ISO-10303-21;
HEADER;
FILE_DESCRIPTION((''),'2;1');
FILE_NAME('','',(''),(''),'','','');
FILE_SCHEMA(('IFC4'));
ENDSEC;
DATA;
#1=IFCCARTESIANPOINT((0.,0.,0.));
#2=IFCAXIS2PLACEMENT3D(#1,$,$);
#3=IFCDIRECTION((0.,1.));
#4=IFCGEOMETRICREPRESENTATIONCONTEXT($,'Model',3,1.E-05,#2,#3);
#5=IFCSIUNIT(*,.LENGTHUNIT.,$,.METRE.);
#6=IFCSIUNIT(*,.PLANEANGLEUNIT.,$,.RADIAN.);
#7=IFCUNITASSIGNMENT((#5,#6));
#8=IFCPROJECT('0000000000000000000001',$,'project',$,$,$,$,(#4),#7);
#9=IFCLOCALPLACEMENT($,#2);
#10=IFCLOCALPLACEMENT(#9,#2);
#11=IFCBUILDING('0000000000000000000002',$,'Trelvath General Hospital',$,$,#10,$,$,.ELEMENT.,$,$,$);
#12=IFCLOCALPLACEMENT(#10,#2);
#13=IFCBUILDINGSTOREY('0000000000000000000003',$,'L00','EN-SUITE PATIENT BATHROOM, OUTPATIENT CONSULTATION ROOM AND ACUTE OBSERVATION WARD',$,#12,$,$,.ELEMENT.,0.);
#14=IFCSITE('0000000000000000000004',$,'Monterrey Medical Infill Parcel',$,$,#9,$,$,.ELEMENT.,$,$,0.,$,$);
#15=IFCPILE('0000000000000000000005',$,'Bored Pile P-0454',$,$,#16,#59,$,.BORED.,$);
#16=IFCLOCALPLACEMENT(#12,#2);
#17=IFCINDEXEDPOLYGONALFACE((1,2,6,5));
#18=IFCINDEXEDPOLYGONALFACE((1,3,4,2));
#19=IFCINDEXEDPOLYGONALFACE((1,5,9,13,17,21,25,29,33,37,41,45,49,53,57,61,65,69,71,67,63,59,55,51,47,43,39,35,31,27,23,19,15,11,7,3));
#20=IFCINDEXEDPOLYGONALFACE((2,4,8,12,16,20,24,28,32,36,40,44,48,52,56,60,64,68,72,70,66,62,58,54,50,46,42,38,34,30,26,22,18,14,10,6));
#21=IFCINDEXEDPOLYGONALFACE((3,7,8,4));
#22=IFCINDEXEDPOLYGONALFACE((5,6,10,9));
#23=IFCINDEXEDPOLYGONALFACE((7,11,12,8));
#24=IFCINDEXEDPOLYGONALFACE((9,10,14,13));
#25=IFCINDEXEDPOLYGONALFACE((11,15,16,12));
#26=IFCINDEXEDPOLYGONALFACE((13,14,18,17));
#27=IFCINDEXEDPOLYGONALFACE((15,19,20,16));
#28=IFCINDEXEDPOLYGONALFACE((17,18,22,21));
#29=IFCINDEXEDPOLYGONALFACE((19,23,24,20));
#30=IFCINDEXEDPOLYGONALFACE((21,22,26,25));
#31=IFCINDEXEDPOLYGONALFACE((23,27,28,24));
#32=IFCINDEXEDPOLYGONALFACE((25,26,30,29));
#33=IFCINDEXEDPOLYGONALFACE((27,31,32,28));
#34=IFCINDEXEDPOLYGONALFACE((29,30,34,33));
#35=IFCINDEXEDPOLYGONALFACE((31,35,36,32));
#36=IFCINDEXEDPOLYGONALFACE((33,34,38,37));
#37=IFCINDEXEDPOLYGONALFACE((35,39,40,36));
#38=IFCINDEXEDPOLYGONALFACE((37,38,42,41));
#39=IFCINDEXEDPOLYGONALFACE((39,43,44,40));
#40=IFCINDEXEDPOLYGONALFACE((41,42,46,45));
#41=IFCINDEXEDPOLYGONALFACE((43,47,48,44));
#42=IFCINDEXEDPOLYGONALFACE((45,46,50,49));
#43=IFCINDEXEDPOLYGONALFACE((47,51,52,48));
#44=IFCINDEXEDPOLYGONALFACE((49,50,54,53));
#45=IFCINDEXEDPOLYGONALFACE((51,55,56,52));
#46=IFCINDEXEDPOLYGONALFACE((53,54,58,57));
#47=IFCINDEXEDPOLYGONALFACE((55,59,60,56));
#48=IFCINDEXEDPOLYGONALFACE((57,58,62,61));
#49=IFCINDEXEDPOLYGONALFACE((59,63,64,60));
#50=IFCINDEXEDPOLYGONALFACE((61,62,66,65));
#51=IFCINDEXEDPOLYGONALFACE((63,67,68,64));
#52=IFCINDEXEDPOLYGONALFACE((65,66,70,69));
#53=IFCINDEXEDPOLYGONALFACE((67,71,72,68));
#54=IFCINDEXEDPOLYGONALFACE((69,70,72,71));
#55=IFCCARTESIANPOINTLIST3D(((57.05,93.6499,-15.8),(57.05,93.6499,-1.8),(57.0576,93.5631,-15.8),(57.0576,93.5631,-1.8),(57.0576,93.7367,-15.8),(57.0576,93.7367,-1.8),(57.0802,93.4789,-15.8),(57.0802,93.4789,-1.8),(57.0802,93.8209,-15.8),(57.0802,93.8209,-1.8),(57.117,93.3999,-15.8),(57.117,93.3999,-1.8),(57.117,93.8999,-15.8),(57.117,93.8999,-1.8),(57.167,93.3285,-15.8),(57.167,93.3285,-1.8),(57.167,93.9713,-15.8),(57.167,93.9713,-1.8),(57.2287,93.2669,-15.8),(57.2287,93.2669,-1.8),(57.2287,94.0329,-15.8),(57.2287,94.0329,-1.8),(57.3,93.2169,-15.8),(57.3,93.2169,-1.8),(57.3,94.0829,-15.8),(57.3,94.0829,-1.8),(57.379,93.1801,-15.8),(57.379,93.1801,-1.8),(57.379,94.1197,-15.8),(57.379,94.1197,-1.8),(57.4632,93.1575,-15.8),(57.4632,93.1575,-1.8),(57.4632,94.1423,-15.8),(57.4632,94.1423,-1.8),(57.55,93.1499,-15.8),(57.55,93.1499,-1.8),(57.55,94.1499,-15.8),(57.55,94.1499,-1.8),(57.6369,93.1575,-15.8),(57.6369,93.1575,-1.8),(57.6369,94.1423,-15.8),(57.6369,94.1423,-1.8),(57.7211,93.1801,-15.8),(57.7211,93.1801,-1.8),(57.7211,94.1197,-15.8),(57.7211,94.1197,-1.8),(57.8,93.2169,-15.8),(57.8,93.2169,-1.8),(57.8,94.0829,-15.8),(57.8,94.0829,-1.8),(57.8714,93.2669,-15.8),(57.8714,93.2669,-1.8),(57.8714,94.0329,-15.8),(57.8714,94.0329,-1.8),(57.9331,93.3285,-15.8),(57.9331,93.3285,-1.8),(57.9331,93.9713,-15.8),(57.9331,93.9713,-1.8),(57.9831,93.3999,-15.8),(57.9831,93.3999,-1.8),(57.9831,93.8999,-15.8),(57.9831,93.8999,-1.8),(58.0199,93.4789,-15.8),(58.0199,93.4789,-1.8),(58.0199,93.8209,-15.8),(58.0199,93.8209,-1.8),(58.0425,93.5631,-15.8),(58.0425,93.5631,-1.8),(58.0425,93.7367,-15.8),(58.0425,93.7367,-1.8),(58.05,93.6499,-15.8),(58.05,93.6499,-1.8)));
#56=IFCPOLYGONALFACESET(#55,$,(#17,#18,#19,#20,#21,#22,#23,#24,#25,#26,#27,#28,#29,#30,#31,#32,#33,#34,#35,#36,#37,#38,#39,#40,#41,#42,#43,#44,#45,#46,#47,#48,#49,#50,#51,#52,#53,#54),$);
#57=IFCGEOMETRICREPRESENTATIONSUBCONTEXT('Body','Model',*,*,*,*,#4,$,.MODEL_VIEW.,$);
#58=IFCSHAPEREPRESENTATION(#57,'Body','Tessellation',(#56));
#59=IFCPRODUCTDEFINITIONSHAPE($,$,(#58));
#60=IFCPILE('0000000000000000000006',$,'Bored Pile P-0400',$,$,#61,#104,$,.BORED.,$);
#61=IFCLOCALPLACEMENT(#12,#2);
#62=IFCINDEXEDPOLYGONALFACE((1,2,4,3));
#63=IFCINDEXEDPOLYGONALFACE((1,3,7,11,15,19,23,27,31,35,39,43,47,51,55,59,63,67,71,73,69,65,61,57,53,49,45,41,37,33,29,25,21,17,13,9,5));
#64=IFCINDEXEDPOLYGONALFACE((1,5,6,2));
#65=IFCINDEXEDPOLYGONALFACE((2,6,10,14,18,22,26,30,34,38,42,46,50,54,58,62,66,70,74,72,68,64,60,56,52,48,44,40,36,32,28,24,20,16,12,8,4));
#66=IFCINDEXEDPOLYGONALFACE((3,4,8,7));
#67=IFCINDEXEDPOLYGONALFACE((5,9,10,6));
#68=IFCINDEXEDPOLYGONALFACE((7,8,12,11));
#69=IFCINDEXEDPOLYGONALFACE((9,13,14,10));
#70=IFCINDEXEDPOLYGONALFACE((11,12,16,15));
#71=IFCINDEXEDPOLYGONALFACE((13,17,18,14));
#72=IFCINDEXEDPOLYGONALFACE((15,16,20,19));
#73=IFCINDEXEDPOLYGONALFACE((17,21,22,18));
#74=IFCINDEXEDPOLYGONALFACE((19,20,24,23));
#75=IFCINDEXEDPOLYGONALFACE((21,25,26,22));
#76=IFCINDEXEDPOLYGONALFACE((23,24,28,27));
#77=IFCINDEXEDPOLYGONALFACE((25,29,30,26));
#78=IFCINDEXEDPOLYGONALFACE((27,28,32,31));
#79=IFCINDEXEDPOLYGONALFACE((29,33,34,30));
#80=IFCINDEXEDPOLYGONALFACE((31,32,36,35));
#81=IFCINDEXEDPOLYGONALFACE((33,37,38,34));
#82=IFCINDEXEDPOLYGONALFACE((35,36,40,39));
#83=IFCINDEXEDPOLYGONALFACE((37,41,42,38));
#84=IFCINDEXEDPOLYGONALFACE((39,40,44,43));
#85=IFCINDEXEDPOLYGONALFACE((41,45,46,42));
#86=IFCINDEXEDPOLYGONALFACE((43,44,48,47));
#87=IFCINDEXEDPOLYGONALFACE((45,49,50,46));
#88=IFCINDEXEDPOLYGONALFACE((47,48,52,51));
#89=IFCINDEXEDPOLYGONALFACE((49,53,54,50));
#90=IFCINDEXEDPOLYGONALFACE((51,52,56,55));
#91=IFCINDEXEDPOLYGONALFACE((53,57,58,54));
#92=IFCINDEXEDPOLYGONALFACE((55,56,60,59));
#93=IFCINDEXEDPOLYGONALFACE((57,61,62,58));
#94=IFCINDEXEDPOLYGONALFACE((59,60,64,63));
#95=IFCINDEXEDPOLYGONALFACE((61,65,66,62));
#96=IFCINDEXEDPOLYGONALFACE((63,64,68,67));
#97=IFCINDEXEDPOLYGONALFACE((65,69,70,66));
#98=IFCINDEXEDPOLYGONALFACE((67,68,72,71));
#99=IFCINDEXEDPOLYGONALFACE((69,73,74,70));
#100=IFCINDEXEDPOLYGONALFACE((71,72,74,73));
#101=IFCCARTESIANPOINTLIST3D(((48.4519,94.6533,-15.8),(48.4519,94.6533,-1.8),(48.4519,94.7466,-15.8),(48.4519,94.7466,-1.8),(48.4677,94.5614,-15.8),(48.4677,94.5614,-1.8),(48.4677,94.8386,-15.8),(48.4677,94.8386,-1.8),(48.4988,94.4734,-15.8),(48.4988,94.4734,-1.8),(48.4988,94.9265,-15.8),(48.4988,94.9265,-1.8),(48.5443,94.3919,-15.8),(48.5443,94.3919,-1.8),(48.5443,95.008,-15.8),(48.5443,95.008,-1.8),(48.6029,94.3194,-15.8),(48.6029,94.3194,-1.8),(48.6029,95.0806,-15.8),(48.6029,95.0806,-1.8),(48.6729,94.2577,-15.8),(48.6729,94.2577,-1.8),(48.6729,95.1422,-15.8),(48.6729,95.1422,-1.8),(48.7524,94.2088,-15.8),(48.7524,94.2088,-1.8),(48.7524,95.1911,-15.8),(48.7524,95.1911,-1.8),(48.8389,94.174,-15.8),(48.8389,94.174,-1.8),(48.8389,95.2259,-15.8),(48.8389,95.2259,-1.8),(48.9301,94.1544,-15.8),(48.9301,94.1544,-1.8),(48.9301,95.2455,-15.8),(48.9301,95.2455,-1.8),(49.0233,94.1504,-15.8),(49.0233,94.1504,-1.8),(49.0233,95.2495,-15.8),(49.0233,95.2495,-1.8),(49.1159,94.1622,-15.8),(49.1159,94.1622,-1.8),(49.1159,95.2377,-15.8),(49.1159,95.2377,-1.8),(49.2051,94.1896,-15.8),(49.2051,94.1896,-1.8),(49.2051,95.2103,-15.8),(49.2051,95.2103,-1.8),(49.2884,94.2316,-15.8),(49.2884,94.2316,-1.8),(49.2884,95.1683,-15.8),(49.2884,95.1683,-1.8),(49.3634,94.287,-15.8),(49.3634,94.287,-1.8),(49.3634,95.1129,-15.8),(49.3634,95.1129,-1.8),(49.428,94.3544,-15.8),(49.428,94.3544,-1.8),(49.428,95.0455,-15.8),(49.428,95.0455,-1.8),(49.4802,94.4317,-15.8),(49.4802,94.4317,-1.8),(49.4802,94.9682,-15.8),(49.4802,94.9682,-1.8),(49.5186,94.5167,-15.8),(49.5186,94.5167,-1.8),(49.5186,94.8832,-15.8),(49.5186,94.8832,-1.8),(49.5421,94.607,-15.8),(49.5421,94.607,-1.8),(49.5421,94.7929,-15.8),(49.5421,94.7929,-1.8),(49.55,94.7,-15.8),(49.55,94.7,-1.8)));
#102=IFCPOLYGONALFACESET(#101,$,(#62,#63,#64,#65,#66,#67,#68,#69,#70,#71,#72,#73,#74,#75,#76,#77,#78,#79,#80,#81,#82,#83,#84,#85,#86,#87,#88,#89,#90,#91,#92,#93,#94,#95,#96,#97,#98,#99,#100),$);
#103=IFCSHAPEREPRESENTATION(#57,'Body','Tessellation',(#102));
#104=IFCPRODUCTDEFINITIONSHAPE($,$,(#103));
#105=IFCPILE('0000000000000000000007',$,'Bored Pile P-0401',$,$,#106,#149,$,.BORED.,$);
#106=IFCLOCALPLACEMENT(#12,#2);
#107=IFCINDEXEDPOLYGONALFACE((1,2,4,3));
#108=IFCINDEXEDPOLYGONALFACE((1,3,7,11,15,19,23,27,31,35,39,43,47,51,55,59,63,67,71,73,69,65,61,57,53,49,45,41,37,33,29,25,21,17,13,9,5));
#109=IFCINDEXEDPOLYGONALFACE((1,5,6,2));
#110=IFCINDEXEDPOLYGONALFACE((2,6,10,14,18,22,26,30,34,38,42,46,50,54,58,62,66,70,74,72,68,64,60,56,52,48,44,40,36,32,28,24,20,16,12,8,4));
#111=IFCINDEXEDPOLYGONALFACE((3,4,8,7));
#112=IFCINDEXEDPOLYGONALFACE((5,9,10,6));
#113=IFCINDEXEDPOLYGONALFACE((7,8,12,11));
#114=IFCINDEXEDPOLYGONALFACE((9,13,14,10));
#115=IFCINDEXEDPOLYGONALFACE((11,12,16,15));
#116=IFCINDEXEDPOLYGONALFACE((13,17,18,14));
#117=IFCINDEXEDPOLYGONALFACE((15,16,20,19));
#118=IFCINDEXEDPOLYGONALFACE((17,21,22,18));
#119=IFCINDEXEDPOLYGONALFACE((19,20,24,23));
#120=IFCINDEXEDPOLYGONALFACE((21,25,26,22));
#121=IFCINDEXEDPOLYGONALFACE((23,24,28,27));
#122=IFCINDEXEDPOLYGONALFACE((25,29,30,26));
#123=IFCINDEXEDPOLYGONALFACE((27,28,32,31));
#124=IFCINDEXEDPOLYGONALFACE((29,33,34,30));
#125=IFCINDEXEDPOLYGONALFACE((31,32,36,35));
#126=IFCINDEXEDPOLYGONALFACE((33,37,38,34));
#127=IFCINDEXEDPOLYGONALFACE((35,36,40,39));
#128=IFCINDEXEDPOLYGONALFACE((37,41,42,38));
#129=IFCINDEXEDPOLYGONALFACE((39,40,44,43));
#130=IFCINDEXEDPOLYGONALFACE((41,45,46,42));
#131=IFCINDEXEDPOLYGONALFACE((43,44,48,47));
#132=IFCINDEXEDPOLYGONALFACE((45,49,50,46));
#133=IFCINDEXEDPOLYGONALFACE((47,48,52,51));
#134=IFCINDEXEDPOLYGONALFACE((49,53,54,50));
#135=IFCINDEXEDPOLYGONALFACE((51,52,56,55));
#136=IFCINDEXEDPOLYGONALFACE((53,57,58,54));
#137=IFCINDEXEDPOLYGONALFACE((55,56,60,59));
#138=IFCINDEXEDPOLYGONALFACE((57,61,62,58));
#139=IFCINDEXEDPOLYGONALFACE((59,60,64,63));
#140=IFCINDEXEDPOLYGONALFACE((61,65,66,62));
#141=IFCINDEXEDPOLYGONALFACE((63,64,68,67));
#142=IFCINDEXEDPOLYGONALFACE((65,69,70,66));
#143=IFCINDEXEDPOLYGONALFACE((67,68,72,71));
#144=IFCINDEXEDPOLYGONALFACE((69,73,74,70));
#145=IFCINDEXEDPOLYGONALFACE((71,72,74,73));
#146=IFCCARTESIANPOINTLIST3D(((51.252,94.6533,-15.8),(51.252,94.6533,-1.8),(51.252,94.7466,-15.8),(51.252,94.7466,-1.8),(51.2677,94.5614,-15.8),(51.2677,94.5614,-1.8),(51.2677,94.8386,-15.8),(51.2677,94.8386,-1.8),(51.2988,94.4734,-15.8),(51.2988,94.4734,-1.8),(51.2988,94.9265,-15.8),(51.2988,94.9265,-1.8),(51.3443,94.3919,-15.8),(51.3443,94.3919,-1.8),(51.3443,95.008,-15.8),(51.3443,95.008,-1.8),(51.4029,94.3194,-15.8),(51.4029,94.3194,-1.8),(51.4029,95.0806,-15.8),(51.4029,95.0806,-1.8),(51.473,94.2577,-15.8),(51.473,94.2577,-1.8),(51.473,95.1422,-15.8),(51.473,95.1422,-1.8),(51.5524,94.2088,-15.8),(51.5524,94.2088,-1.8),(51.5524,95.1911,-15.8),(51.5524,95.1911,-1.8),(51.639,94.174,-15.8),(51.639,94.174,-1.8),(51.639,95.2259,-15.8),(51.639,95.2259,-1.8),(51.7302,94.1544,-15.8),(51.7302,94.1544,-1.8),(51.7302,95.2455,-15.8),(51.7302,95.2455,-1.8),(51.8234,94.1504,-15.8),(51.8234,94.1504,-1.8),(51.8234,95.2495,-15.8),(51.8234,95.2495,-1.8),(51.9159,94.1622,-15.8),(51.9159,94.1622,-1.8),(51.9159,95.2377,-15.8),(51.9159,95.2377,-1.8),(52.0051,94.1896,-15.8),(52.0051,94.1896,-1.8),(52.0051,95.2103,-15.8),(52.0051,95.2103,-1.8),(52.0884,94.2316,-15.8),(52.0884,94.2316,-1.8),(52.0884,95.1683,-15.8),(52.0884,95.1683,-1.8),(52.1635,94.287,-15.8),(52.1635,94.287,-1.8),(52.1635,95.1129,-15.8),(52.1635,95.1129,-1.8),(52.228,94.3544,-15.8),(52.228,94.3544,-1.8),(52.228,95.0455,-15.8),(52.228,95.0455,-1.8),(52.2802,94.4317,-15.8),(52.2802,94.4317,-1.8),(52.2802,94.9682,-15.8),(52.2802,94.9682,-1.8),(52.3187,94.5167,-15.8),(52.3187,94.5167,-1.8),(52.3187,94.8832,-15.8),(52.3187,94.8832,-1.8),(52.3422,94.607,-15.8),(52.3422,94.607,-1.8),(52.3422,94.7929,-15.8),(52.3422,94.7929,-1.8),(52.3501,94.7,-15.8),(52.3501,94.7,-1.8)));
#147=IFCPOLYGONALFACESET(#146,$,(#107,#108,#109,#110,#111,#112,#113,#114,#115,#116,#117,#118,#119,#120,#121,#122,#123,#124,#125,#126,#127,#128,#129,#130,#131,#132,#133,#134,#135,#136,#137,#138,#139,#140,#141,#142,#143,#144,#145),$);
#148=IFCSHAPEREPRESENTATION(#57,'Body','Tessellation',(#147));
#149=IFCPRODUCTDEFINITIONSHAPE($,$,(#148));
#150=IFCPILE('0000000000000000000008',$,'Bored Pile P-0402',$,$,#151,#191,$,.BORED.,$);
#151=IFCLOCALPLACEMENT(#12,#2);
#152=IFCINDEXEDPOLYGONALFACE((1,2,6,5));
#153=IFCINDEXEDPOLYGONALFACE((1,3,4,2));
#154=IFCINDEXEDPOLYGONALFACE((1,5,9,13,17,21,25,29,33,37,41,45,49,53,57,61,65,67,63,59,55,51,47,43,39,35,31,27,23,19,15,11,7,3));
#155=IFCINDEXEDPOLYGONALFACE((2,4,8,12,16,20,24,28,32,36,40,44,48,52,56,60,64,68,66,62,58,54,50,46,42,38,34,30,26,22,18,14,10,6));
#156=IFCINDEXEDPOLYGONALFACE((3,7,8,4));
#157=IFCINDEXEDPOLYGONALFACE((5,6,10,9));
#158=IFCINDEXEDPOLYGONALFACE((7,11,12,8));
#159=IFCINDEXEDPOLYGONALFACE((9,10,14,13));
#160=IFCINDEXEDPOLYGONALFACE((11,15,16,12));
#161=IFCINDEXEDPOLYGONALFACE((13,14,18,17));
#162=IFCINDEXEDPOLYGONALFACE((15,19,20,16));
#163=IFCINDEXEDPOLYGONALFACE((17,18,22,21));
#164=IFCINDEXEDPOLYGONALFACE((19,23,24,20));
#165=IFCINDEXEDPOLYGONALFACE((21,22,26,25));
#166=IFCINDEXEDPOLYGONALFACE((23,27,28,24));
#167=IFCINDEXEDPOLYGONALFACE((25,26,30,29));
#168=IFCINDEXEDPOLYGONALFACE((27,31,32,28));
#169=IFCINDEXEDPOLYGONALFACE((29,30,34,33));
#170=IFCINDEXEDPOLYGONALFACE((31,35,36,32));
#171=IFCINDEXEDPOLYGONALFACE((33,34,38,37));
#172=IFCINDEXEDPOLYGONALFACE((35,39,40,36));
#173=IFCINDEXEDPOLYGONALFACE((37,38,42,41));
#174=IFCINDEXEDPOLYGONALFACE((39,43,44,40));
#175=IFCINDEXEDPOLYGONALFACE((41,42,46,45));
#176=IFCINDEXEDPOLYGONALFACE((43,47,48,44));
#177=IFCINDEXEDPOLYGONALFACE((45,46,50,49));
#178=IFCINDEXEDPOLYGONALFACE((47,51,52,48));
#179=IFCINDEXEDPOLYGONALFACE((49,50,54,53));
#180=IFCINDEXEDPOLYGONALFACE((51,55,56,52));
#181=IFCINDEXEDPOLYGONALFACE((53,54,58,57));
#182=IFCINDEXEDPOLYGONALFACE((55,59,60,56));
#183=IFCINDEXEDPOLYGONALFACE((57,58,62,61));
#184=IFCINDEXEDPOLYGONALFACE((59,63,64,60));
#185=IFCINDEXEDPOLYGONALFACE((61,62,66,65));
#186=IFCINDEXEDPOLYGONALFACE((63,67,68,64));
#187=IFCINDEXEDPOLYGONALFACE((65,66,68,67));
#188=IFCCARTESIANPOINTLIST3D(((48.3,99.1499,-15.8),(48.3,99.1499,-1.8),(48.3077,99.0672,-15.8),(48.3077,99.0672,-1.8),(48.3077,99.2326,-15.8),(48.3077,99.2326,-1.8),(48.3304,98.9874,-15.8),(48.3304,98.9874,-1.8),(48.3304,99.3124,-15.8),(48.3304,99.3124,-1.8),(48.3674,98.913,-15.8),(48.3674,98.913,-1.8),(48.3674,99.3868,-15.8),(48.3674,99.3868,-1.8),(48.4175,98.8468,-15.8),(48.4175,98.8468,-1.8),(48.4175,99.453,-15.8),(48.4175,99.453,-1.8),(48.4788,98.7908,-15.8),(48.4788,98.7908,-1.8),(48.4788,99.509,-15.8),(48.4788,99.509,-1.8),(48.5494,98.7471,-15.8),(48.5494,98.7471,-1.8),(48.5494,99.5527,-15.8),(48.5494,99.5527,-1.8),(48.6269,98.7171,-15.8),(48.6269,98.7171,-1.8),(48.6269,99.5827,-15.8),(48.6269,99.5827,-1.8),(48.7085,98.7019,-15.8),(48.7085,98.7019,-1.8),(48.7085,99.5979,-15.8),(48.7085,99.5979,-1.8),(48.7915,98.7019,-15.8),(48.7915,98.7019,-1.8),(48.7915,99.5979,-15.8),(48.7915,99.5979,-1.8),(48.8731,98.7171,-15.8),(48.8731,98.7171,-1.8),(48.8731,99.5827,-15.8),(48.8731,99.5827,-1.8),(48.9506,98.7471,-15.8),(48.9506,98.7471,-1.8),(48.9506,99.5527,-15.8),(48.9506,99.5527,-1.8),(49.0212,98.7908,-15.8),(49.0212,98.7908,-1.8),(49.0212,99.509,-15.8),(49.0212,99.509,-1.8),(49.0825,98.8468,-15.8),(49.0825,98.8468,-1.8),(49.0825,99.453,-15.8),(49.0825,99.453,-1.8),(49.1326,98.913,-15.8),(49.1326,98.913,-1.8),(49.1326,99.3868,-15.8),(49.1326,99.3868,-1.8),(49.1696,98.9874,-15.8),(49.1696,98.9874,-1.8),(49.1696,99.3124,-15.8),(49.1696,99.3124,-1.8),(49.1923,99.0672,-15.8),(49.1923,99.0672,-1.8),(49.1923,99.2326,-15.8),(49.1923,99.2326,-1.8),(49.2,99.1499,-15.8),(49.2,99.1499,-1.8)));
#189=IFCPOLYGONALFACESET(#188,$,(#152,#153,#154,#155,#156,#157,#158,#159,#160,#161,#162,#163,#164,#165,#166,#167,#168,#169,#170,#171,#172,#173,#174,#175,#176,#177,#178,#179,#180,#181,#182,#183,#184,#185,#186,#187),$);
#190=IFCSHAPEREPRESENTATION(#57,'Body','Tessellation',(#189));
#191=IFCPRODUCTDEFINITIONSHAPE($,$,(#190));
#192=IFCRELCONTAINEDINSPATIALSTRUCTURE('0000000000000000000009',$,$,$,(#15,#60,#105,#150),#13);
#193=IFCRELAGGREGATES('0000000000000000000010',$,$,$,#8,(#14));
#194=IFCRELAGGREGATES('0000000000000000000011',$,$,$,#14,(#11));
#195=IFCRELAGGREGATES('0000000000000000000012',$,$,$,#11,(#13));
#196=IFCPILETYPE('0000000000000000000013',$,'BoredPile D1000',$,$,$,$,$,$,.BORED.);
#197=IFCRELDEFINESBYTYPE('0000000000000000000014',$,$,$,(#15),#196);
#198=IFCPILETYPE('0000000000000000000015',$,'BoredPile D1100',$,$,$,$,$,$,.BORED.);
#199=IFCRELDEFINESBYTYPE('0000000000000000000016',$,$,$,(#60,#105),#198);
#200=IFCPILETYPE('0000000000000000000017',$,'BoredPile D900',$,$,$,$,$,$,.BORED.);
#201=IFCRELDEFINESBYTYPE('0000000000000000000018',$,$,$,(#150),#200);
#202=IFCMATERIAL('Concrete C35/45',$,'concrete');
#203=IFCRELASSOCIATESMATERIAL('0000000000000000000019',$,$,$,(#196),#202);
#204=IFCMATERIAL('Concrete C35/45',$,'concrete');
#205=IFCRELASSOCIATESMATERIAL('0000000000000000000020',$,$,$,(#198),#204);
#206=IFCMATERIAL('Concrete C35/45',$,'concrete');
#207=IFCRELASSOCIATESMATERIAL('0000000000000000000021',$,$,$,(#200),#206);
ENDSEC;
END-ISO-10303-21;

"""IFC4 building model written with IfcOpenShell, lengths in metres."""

from ifc_helpers import new_model, si_unit, direction, frame, origin, origin_2d, place, context, subcontext, project, spatial, circle, extrude, material, material_profile, profile_set, type_object, element, save


model = new_model("IFC4")

# Units and contexts
model_context = context("Model", 3, precision=1e-05, world=origin(), true_north=direction((0.0, 1.0)))
body_context = subcontext(model_context, "Body", "Model", "MODEL_VIEW")
ifc_project = project(units=[si_unit("LENGTHUNIT", "METRE"), si_unit("PLANEANGLEUNIT", "RADIAN")], contexts=[model_context])

# Site, building, storey
site_placement = place(None, origin())
site = spatial("IfcSite", under=ifc_project, at=site_placement, Name="Monterrey Medical Infill Parcel", CompositionType="ELEMENT", RefElevation=0.0)
building_placement = place(site_placement, origin())
building = spatial("IfcBuilding", under=site, at=building_placement, Name="Trelvath General Hospital", CompositionType="ELEMENT")
storey_placement = place(building_placement, origin())
storey = spatial("IfcBuildingStorey", under=building, at=storey_placement, Name="L00", Description="EN-SUITE PATIENT BATHROOM, OUTPATIENT CONSULTATION ROOM AND ACUTE OBSERVATION WARD", CompositionType="ELEMENT", Elevation=0.0)

# Piles
ifc_material_1 = material(Name="Concrete C35/45", Category="concrete")
ifc_material_profile_1 = material_profile(ifc_material_1, circle(Radius=0.5, at=origin_2d()), Name="PILE1000")
ifc_profile_set_1 = profile_set([ifc_material_profile_1], Name="Concrete C35/45")
pile_type_1 = type_object("IfcPileType", Name="BoredPile D1000", PredefinedType="BORED", material=ifc_profile_set_1)
pile_placement = place(storey_placement, frame((57.55, 93.6499, -1.8), z_axis=(0.0, 0.0, -1.0), x_axis=(1.0, 0.0, 0.0)))
element("IfcPile", 1, at=pile_placement, inside=storey, type_object=pile_type_1, Name="Bored Pile P-0454", PredefinedType="BORED", context=body_context, shape_type="SweptSolid", body=[
    extrude(circle(Radius=0.5, at=origin_2d()), origin(), (0.0, 0.0, 1.0), 14.0),
])
ifc_material_2 = material(Name="Concrete C35/45", Category="concrete")
ifc_material_profile_2 = material_profile(ifc_material_2, circle(Radius=0.55, at=origin_2d()), Name="PILE1100")
ifc_profile_set_2 = profile_set([ifc_material_profile_2], Name="Concrete C35/45")
pile_type_2 = type_object("IfcPileType", Name="BoredPile D1100", PredefinedType="BORED", material=ifc_profile_set_2)
for number, where, z_axis, x_axis, name in (
    (2, (49.0, 94.7, -1.8), (0.0, 0.0, -1.0), (1.0, 0.0, 0.0), "Bored Pile P-0400"),
    (3, (51.8, 94.7, -1.8), (0.0, 0.0, -1.0), (1.0, 0.0, 0.0), "Bored Pile P-0401"),
):
    element("IfcPile", number, at=place(storey_placement, frame(where, z_axis=z_axis, x_axis=x_axis)), inside=storey, type_object=pile_type_2, Name=name, PredefinedType="BORED", context=body_context, shape_type="SweptSolid", body=[
        extrude(circle(Radius=0.55, at=origin_2d()), origin(), (0.0, 0.0, 1.0), 14.0),
    ])
ifc_material_3 = material(Name="Concrete C35/45", Category="concrete")
ifc_material_profile_3 = material_profile(ifc_material_3, circle(Radius=0.45, at=origin_2d()), Name="PILE900")
ifc_profile_set_3 = profile_set([ifc_material_profile_3], Name="Concrete C35/45")
pile_type_3 = type_object("IfcPileType", Name="BoredPile D900", PredefinedType="BORED", material=ifc_profile_set_3)
for number, where, z_axis, x_axis, name in (
    (4, (48.75, 99.1499, -1.8), (0.0, 0.0, -1.0), (1.0, 0.0, 0.0), "Bored Pile P-0402"),
):
    element("IfcPile", number, at=place(storey_placement, frame(where, z_axis=z_axis, x_axis=x_axis)), inside=storey, type_object=pile_type_3, Name=name, PredefinedType="BORED", context=body_context, shape_type="SweptSolid", body=[
        extrude(circle(Radius=0.45, at=origin_2d()), origin(), (0.0, 0.0, 1.0), 14.0),
    ])

save(model, "model.ifc")
